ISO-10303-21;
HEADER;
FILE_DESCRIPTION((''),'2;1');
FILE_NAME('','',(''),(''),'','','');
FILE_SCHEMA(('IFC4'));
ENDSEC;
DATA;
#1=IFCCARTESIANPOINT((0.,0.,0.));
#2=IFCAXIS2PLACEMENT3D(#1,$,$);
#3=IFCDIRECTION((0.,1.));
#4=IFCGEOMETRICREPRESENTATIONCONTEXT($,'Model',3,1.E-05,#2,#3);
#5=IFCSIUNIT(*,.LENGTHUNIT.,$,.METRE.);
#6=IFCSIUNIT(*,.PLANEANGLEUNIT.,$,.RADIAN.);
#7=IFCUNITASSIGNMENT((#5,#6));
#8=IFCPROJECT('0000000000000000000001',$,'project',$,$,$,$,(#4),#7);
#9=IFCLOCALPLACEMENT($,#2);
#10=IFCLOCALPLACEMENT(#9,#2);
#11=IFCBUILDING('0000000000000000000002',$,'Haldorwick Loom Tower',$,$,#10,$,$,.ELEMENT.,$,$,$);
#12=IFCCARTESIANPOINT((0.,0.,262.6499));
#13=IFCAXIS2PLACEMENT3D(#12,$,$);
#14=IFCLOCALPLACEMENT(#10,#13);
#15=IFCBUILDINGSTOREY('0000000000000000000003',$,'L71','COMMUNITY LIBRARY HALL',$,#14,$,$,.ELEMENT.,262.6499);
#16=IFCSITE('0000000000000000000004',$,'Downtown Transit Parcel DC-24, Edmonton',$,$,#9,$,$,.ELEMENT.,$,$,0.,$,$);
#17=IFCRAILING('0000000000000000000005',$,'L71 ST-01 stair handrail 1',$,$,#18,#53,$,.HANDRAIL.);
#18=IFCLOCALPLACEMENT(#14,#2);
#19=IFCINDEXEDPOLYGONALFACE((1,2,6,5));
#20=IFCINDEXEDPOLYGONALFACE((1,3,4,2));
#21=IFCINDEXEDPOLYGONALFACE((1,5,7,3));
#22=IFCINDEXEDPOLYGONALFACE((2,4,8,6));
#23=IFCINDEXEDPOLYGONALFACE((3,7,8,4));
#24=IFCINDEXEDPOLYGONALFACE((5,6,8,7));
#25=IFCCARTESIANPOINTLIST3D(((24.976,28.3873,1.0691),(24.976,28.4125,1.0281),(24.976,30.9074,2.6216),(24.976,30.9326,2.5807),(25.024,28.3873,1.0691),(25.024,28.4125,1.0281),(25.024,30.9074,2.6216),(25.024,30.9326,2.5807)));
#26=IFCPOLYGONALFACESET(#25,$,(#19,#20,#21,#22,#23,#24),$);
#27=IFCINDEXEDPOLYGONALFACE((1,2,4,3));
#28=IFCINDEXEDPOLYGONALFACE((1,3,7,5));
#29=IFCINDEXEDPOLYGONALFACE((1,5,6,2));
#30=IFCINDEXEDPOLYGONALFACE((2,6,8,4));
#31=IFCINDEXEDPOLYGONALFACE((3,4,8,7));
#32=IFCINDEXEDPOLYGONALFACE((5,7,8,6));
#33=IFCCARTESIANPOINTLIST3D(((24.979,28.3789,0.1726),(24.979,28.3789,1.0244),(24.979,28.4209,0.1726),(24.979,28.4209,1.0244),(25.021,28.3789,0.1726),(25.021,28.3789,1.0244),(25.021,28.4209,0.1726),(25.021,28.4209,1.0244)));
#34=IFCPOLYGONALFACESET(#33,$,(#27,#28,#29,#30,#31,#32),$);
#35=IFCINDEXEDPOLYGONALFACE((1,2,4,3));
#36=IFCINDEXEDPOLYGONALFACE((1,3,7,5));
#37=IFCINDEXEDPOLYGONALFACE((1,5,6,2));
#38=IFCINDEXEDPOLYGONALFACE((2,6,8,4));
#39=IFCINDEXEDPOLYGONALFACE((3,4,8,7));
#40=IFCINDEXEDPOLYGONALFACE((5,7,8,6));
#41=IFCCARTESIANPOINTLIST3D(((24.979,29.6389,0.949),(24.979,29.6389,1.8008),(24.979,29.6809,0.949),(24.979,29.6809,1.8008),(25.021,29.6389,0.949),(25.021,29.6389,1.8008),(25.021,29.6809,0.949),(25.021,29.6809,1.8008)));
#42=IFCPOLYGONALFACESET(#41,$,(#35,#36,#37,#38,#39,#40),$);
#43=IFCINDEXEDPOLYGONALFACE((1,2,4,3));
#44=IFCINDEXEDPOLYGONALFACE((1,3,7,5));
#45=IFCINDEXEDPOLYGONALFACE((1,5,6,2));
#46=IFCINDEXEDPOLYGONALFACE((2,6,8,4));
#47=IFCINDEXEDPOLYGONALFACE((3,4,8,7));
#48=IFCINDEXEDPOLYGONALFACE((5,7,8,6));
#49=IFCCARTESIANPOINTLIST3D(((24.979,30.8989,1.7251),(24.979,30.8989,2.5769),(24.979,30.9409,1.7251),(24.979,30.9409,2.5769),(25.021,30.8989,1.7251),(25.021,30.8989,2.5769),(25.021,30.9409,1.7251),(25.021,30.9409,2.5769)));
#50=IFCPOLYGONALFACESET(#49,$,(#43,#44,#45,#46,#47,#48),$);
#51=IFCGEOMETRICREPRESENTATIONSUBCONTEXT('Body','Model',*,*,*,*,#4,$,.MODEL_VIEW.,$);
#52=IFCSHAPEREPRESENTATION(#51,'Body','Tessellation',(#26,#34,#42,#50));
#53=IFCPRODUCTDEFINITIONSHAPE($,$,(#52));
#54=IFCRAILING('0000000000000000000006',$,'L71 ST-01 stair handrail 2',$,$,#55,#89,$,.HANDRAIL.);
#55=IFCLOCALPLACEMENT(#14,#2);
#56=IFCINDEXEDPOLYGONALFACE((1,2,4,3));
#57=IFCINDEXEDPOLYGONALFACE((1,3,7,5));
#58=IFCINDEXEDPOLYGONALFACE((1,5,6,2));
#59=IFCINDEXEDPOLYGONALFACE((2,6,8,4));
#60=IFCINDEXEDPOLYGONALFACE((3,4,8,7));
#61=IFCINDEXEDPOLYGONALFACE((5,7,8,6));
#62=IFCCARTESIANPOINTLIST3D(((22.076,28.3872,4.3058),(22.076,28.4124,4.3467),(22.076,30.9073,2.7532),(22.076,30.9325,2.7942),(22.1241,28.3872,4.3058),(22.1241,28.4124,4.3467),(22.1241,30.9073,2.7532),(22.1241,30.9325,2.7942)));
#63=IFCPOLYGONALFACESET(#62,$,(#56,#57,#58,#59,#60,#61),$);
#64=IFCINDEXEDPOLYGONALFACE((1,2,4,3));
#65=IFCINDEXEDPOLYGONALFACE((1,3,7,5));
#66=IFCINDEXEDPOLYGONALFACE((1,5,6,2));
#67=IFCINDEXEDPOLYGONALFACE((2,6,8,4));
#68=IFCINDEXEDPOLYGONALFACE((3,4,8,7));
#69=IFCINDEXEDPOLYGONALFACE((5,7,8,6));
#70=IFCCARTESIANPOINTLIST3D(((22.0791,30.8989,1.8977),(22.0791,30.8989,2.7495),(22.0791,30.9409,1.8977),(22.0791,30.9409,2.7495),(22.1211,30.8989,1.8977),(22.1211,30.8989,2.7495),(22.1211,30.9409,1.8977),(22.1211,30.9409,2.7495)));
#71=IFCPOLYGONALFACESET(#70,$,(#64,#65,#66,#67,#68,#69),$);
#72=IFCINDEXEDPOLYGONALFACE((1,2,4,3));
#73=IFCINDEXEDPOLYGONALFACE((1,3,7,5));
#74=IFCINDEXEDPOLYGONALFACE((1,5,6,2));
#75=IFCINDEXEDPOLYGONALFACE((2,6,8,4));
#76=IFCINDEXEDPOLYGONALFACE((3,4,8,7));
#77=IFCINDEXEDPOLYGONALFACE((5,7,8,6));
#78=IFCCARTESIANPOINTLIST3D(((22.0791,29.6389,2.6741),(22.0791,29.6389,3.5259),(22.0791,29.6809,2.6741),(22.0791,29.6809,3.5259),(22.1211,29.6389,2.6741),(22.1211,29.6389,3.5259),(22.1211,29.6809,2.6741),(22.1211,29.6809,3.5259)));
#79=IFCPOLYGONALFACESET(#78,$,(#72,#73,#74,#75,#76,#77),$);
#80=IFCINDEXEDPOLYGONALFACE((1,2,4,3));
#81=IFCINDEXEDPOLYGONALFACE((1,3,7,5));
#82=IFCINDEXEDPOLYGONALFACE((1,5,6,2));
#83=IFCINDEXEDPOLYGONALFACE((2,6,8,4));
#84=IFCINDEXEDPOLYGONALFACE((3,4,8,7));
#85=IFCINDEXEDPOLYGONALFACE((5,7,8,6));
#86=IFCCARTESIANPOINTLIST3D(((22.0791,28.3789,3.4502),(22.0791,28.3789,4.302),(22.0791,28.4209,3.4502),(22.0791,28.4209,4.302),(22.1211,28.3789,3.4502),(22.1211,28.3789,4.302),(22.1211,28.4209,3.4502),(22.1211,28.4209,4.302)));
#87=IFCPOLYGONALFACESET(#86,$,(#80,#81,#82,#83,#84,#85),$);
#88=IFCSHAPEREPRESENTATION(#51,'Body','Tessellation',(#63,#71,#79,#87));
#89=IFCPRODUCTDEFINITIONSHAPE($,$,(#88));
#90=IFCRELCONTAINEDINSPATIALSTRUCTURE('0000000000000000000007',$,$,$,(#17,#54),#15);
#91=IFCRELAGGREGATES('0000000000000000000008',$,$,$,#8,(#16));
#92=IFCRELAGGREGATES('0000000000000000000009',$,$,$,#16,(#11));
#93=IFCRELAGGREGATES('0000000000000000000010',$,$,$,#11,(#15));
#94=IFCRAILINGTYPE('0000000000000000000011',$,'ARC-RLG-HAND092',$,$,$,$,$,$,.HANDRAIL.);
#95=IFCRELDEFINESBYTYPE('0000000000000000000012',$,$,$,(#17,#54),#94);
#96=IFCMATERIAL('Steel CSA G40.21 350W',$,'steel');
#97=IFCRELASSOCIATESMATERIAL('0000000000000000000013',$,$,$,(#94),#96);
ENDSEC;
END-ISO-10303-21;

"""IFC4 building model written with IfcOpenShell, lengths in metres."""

from ifc_helpers import new_model, si_unit, direction, frame, origin, origin_2d, place, context, subcontext, project, spatial, rectangle, extrude, material, type_object, element, save


model = new_model("IFC4")

# Units and contexts
model_context = context("Model", 3, precision=1e-05, world=origin(), true_north=direction((0.0, 1.0)))
body_context = subcontext(model_context, "Body", "Model", "MODEL_VIEW")
ifc_project = project(units=[si_unit("LENGTHUNIT", "METRE"), si_unit("PLANEANGLEUNIT", "RADIAN")], contexts=[model_context])

# Site, building, storey
site_placement = place(None, origin())
site = spatial("IfcSite", under=ifc_project, at=site_placement, Name="Downtown Transit Parcel DC-24, Edmonton", CompositionType="ELEMENT", RefElevation=0.0)
building_placement = place(site_placement, origin())
building = spatial("IfcBuilding", under=site, at=building_placement, Name="Haldorwick Loom Tower", CompositionType="ELEMENT")
storey_placement = place(building_placement, frame((0.0, 0.0, 262.6499)))
storey = spatial("IfcBuildingStorey", under=building, at=storey_placement, Name="L71", Description="COMMUNITY LIBRARY HALL", CompositionType="ELEMENT", Elevation=262.6499)

# Shared definitions
ifc_material_1 = material(Name="Steel CSA G40.21 350W", Category="steel")

# Railings
railing_type_1 = type_object("IfcRailingType", Name="ARC-RLG-HAND092", PredefinedType="HANDRAIL", material=ifc_material_1)
railing_1_placement = place(storey_placement, frame((25.0, 28.3999, 0.1726)))
element("IfcRailing", 1, at=railing_1_placement, inside=storey, type_object=railing_type_1, Name="L71 ST-01 stair handrail 1", PredefinedType="HANDRAIL", context=body_context, shape_type="SweptSolid", body=[
    extrude(rectangle(XDim=0.0481, YDim=0.0481, at=origin_2d()), frame((0.0, 0.0, 0.876), z_axis=(0.0, 0.8514, 0.524516), x_axis=(-1.0, 0.0, 0.0)), (0.0, 0.0, 1.0), 2.96),
    extrude(rectangle(XDim=0.042, YDim=0.042, at=origin_2d()), origin(), (0.0, 0.0, 1.0), 0.8518),
    extrude(rectangle(XDim=0.042, YDim=0.042, at=origin_2d()), frame((0.0, 1.26, 0.7764)), (0.0, 0.0, 1.0), 0.8518),
    extrude(rectangle(XDim=0.042, YDim=0.042, at=origin_2d()), frame((0.0, 2.52, 1.5525)), (0.0, 0.0, 1.0), 0.8518),
])
railing_2_placement = place(storey_placement, frame((22.1001, 30.9199, 1.8977)))
element("IfcRailing", 2, at=railing_2_placement, inside=storey, type_object=railing_type_1, Name="L71 ST-01 stair handrail 2", PredefinedType="HANDRAIL", context=body_context, shape_type="SweptSolid", body=[
    extrude(rectangle(XDim=0.0481, YDim=0.0481, at=origin_2d()), frame((0.0, 0.0, 0.876), z_axis=(0.0, -0.8514, 0.524516), x_axis=(1.0, 0.0, 0.0)), (0.0, 0.0, 1.0), 2.96),
    extrude(rectangle(XDim=0.042, YDim=0.042, at=origin_2d()), origin(), (0.0, 0.0, 1.0), 0.8518),
    extrude(rectangle(XDim=0.042, YDim=0.042, at=origin_2d()), frame((0.0, -1.26, 0.7764)), (0.0, 0.0, 1.0), 0.8518),
    extrude(rectangle(XDim=0.042, YDim=0.042, at=origin_2d()), frame((0.0, -2.52, 1.5525)), (0.0, 0.0, 1.0), 0.8518),
])

save(model, "model.ifc")
